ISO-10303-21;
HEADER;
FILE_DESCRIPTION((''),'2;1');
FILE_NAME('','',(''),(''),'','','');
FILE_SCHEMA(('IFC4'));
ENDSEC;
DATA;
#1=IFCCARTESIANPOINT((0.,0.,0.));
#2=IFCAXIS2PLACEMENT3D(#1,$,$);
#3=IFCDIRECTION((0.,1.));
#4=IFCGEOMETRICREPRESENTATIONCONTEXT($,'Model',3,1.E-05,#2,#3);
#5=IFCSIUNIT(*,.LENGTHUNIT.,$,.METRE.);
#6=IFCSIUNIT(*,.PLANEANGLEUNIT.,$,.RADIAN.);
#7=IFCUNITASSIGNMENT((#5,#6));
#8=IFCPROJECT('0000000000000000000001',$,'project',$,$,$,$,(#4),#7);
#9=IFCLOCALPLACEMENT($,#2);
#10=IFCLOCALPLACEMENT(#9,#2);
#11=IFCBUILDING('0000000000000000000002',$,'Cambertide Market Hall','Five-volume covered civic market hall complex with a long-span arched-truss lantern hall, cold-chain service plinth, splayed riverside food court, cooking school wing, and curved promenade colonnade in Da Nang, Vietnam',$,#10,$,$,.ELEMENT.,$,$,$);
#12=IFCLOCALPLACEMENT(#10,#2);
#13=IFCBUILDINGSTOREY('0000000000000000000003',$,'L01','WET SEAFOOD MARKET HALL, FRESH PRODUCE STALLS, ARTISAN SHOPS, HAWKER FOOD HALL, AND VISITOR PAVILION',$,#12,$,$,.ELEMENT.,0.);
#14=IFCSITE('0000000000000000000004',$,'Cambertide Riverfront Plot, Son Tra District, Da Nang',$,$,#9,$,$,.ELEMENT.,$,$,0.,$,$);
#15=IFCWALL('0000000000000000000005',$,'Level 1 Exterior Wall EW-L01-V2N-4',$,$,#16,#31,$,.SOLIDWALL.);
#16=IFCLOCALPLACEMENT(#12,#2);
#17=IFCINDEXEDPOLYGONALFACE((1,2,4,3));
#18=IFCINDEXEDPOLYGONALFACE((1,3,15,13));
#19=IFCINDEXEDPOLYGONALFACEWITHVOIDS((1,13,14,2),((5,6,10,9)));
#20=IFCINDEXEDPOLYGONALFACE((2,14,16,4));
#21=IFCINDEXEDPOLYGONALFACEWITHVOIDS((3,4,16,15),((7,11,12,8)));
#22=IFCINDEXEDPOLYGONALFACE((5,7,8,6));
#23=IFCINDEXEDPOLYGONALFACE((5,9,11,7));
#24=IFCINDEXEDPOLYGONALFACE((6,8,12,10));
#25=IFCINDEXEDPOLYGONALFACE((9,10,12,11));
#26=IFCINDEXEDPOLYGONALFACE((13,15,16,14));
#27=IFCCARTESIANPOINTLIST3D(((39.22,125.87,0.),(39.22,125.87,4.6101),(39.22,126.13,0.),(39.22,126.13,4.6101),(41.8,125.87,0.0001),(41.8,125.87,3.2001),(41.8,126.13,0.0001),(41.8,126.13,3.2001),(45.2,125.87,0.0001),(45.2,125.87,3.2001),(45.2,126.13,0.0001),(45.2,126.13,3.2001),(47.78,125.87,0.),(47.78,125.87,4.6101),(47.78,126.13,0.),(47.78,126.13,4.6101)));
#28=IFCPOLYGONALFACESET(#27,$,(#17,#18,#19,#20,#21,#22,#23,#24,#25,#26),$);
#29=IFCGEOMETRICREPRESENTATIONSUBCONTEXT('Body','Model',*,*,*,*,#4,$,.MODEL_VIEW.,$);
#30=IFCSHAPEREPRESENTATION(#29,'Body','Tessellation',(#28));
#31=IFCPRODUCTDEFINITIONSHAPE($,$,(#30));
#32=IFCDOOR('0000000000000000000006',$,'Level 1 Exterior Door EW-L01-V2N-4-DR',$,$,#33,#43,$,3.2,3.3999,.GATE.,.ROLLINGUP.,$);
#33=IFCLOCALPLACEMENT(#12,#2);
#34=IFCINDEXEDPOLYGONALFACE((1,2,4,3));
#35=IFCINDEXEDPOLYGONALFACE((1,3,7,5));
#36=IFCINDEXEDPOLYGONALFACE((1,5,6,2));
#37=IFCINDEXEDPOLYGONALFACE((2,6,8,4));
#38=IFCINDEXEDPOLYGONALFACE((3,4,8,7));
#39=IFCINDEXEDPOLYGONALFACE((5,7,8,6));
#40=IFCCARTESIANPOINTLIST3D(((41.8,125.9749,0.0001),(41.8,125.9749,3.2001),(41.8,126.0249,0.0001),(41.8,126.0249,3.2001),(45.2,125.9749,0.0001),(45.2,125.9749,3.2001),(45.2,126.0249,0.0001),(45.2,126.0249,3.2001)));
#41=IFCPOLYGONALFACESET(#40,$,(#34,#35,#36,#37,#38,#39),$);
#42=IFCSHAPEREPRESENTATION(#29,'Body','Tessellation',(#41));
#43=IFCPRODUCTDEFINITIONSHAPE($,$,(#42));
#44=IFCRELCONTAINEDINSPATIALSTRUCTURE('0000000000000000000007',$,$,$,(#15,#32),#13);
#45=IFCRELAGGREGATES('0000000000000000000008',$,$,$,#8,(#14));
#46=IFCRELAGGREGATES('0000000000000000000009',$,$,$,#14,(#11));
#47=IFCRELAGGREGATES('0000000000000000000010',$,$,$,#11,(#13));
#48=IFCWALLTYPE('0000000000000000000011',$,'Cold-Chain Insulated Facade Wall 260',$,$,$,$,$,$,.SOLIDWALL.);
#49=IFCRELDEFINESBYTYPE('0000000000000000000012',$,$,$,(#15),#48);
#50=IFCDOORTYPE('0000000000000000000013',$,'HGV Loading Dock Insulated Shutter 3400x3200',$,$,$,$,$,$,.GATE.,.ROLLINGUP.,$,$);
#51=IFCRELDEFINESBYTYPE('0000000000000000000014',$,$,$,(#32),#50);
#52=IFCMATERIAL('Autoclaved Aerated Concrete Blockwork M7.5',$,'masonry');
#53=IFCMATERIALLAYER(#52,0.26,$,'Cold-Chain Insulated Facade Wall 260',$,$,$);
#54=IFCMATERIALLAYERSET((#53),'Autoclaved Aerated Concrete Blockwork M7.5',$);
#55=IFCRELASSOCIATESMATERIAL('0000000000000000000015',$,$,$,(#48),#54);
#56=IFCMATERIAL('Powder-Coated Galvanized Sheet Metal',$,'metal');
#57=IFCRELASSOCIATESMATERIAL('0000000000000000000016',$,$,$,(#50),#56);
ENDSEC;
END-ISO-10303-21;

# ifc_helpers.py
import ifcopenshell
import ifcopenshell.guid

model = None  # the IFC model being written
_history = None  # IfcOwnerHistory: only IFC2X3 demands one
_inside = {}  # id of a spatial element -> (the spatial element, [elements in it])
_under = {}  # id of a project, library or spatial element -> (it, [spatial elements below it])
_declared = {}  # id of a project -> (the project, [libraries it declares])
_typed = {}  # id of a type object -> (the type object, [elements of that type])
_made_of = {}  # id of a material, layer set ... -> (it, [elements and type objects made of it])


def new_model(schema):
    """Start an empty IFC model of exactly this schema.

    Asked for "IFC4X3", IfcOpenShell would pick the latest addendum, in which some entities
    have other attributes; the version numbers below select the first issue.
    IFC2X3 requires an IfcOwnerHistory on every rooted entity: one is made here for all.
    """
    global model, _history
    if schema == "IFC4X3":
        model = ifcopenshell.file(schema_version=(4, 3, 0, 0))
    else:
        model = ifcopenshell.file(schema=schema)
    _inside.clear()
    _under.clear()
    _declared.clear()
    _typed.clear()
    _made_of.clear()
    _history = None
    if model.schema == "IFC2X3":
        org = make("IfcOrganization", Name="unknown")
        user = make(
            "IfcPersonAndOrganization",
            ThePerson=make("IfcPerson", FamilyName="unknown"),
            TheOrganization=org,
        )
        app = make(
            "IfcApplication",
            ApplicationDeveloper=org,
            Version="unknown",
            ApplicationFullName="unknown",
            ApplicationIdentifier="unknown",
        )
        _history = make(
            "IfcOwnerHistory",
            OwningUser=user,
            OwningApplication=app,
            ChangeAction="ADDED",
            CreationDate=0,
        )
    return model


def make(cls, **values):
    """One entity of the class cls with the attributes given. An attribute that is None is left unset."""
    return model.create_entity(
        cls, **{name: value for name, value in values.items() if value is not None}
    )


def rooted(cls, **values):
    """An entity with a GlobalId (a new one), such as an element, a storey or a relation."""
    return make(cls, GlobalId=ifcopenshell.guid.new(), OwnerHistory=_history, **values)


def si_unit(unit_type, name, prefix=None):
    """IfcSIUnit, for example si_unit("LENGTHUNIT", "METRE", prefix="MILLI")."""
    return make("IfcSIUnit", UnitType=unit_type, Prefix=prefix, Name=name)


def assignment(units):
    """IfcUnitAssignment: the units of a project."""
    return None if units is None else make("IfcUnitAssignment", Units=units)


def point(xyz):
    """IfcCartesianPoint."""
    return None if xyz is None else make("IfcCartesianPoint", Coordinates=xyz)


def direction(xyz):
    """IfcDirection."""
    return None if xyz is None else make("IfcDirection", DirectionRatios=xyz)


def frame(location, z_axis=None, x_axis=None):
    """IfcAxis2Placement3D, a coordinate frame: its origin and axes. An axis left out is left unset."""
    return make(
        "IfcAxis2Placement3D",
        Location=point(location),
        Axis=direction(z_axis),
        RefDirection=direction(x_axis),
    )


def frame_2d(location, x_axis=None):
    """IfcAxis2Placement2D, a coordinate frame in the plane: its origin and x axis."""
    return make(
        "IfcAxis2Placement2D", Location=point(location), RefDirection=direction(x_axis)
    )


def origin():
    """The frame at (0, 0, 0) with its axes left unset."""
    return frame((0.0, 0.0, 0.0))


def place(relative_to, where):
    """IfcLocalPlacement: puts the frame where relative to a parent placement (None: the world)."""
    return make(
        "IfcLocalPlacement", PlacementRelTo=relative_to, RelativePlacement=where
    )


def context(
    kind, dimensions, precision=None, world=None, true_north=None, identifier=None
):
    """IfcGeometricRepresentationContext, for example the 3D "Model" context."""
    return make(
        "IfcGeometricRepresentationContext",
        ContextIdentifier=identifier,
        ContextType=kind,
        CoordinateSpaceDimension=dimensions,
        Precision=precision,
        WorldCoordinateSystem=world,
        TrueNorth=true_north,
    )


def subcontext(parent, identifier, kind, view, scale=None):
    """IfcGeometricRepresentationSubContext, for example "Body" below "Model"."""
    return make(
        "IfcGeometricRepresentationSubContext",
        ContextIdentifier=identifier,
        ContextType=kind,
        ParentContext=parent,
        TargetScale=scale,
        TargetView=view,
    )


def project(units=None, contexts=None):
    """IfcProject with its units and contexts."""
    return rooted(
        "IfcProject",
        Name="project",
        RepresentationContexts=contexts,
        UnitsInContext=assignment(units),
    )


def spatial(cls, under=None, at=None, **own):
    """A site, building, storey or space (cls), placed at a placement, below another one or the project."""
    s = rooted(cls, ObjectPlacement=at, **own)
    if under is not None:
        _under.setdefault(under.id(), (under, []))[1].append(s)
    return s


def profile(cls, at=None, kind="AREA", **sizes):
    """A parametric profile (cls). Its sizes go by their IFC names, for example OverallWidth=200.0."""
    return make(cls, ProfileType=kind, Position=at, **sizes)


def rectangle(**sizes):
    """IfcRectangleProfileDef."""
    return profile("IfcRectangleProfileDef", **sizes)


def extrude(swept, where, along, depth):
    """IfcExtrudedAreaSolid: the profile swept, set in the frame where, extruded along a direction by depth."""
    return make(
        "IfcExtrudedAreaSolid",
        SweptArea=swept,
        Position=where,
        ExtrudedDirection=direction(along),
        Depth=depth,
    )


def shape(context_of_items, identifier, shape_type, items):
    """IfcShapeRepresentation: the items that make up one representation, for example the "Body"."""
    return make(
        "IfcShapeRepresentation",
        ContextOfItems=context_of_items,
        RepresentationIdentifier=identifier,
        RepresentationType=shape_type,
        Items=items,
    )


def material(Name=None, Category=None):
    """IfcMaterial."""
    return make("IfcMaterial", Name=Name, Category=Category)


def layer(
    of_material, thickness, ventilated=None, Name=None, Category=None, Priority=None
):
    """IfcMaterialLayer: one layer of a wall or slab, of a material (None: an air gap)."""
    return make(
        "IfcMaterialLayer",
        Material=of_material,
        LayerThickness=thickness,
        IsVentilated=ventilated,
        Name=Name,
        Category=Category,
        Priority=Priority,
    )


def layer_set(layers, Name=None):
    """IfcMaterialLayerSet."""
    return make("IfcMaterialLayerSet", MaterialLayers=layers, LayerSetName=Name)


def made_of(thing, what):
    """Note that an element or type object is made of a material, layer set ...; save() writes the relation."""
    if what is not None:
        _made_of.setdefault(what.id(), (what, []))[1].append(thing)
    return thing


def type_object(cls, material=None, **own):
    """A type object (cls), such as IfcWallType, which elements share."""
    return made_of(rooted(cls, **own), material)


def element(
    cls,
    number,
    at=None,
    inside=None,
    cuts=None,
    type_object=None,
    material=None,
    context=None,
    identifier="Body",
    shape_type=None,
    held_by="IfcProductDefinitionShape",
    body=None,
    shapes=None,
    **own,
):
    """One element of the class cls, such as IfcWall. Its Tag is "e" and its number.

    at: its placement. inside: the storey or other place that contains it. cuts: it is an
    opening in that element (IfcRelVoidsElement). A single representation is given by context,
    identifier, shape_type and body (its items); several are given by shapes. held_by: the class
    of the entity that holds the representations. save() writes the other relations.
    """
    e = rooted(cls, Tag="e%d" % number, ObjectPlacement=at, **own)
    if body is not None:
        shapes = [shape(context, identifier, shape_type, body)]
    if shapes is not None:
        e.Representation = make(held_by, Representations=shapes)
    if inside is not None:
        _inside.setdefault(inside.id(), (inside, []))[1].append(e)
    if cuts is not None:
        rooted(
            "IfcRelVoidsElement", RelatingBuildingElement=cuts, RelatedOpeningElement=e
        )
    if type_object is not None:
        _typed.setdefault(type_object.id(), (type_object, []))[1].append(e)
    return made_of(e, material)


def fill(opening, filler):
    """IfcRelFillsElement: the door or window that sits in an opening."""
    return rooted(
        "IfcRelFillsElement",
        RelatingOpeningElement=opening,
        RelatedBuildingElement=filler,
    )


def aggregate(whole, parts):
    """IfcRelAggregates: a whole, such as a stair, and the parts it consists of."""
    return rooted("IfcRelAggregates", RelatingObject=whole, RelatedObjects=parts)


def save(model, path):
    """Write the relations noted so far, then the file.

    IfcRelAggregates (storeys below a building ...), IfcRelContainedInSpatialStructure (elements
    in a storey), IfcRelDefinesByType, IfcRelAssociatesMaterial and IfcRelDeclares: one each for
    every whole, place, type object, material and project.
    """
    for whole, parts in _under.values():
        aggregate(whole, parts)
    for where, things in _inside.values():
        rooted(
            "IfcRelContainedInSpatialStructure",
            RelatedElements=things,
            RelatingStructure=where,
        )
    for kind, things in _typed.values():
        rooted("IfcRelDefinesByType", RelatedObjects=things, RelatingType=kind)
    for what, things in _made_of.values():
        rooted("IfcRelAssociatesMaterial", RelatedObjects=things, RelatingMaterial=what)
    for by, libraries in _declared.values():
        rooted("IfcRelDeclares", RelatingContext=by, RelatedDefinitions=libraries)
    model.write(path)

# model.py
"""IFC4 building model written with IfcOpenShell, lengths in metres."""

from ifc_helpers import new_model, si_unit, direction, frame, frame_2d, origin, place, context, subcontext, project, spatial, rectangle, extrude, material, layer, layer_set, type_object, element, fill, save


model = new_model("IFC4")

# Units and contexts
model_context = context("Model", 3, precision=1e-05, world=origin(), true_north=direction((0.0, 1.0)))
body_context = subcontext(model_context, "Body", "Model", "MODEL_VIEW")
ifc_project = project(units=[si_unit("LENGTHUNIT", "METRE"), si_unit("PLANEANGLEUNIT", "RADIAN")], contexts=[model_context])

# Site, building, storey
site_placement = place(None, origin())
site = spatial("IfcSite", under=ifc_project, at=site_placement, Name="Cambertide Riverfront Plot, Son Tra District, Da Nang", CompositionType="ELEMENT", RefElevation=0.0)
building_placement = place(site_placement, origin())
building = spatial("IfcBuilding", under=site, at=building_placement, Name="Cambertide Market Hall", Description="Five-volume covered civic market hall complex with a long-span arched-truss lantern hall, cold-chain service plinth, splayed riverside food court, cooking school wing, and curved promenade colonnade in Da Nang, Vietnam", CompositionType="ELEMENT")
storey_placement = place(building_placement, origin())
storey = spatial("IfcBuildingStorey", under=building, at=storey_placement, Name="L01", Description="WET SEAFOOD MARKET HALL, FRESH PRODUCE STALLS, ARTISAN SHOPS, HAWKER FOOD HALL, AND VISITOR PAVILION", CompositionType="ELEMENT", Elevation=0.0)

# Wall, opening, door
ifc_material_1 = material(Name="Autoclaved Aerated Concrete Blockwork M7.5", Category="masonry")
ifc_layer = layer(ifc_material_1, 0.26, Name="Cold-Chain Insulated Facade Wall 260")
ifc_layer_set = layer_set([ifc_layer], Name="Autoclaved Aerated Concrete Blockwork M7.5")
wall_type = type_object("IfcWallType", Name="Cold-Chain Insulated Facade Wall 260", PredefinedType="SOLIDWALL", material=ifc_layer_set)
ifc_material_2 = material(Name="Powder-Coated Galvanized Sheet Metal", Category="metal")
door_type = type_object("IfcDoorType", Name="HGV Loading Dock Insulated Shutter 3400x3200", OperationType="ROLLINGUP", PredefinedType="GATE", material=ifc_material_2)
wall_1_placement = place(storey_placement, frame((39.22, 126.0, 0.0), z_axis=(0.0, 0.0, 1.0), x_axis=(1.0, 0.0, 0.0)))
wall_1 = element("IfcWall", 1, at=wall_1_placement, inside=storey, type_object=wall_type, Name="Level 1 Exterior Wall EW-L01-V2N-4", PredefinedType="SOLIDWALL", context=body_context, shape_type="SweptSolid", body=[
    extrude(rectangle(XDim=8.5601, YDim=0.26, at=frame_2d((4.28, 0.0))), origin(), (0.0, 0.0, 1.0), 4.6101),
])
opening_1_placement = place(wall_1_placement, frame((2.5801, 0.0, 0.0)))
opening_1 = element("IfcOpeningElement", 2, at=opening_1_placement, cuts=wall_1, PredefinedType="OPENING", context=body_context, shape_type="SweptSolid", body=[
    extrude(rectangle(XDim=3.3999, YDim=3.2, at=frame_2d((1.7, 1.6001))), frame((0.0, 0.1399, 0.0), z_axis=(0.0, -1.0, 0.0), x_axis=(1.0, 0.0, 0.0)), (0.0, 0.0, 1.0), 0.28),
])
door_1_placement = place(opening_1_placement, origin())
door_1 = element("IfcDoor", 3, at=door_1_placement, inside=storey, type_object=door_type, Name="Level 1 Exterior Door EW-L01-V2N-4-DR", OperationType="ROLLINGUP", OverallHeight=3.2, OverallWidth=3.3999, PredefinedType="GATE", context=body_context, shape_type="SweptSolid", body=[
    extrude(rectangle(XDim=3.3999, YDim=3.2, at=frame_2d((1.7, 1.6001))), frame((0.0, 0.0249, 0.0), z_axis=(0.0, -1.0, 0.0), x_axis=(1.0, 0.0, 0.0)), (0.0, 0.0, 1.0), 0.05),
])
fill(opening_1, door_1)

save(model, "model.ifc")
